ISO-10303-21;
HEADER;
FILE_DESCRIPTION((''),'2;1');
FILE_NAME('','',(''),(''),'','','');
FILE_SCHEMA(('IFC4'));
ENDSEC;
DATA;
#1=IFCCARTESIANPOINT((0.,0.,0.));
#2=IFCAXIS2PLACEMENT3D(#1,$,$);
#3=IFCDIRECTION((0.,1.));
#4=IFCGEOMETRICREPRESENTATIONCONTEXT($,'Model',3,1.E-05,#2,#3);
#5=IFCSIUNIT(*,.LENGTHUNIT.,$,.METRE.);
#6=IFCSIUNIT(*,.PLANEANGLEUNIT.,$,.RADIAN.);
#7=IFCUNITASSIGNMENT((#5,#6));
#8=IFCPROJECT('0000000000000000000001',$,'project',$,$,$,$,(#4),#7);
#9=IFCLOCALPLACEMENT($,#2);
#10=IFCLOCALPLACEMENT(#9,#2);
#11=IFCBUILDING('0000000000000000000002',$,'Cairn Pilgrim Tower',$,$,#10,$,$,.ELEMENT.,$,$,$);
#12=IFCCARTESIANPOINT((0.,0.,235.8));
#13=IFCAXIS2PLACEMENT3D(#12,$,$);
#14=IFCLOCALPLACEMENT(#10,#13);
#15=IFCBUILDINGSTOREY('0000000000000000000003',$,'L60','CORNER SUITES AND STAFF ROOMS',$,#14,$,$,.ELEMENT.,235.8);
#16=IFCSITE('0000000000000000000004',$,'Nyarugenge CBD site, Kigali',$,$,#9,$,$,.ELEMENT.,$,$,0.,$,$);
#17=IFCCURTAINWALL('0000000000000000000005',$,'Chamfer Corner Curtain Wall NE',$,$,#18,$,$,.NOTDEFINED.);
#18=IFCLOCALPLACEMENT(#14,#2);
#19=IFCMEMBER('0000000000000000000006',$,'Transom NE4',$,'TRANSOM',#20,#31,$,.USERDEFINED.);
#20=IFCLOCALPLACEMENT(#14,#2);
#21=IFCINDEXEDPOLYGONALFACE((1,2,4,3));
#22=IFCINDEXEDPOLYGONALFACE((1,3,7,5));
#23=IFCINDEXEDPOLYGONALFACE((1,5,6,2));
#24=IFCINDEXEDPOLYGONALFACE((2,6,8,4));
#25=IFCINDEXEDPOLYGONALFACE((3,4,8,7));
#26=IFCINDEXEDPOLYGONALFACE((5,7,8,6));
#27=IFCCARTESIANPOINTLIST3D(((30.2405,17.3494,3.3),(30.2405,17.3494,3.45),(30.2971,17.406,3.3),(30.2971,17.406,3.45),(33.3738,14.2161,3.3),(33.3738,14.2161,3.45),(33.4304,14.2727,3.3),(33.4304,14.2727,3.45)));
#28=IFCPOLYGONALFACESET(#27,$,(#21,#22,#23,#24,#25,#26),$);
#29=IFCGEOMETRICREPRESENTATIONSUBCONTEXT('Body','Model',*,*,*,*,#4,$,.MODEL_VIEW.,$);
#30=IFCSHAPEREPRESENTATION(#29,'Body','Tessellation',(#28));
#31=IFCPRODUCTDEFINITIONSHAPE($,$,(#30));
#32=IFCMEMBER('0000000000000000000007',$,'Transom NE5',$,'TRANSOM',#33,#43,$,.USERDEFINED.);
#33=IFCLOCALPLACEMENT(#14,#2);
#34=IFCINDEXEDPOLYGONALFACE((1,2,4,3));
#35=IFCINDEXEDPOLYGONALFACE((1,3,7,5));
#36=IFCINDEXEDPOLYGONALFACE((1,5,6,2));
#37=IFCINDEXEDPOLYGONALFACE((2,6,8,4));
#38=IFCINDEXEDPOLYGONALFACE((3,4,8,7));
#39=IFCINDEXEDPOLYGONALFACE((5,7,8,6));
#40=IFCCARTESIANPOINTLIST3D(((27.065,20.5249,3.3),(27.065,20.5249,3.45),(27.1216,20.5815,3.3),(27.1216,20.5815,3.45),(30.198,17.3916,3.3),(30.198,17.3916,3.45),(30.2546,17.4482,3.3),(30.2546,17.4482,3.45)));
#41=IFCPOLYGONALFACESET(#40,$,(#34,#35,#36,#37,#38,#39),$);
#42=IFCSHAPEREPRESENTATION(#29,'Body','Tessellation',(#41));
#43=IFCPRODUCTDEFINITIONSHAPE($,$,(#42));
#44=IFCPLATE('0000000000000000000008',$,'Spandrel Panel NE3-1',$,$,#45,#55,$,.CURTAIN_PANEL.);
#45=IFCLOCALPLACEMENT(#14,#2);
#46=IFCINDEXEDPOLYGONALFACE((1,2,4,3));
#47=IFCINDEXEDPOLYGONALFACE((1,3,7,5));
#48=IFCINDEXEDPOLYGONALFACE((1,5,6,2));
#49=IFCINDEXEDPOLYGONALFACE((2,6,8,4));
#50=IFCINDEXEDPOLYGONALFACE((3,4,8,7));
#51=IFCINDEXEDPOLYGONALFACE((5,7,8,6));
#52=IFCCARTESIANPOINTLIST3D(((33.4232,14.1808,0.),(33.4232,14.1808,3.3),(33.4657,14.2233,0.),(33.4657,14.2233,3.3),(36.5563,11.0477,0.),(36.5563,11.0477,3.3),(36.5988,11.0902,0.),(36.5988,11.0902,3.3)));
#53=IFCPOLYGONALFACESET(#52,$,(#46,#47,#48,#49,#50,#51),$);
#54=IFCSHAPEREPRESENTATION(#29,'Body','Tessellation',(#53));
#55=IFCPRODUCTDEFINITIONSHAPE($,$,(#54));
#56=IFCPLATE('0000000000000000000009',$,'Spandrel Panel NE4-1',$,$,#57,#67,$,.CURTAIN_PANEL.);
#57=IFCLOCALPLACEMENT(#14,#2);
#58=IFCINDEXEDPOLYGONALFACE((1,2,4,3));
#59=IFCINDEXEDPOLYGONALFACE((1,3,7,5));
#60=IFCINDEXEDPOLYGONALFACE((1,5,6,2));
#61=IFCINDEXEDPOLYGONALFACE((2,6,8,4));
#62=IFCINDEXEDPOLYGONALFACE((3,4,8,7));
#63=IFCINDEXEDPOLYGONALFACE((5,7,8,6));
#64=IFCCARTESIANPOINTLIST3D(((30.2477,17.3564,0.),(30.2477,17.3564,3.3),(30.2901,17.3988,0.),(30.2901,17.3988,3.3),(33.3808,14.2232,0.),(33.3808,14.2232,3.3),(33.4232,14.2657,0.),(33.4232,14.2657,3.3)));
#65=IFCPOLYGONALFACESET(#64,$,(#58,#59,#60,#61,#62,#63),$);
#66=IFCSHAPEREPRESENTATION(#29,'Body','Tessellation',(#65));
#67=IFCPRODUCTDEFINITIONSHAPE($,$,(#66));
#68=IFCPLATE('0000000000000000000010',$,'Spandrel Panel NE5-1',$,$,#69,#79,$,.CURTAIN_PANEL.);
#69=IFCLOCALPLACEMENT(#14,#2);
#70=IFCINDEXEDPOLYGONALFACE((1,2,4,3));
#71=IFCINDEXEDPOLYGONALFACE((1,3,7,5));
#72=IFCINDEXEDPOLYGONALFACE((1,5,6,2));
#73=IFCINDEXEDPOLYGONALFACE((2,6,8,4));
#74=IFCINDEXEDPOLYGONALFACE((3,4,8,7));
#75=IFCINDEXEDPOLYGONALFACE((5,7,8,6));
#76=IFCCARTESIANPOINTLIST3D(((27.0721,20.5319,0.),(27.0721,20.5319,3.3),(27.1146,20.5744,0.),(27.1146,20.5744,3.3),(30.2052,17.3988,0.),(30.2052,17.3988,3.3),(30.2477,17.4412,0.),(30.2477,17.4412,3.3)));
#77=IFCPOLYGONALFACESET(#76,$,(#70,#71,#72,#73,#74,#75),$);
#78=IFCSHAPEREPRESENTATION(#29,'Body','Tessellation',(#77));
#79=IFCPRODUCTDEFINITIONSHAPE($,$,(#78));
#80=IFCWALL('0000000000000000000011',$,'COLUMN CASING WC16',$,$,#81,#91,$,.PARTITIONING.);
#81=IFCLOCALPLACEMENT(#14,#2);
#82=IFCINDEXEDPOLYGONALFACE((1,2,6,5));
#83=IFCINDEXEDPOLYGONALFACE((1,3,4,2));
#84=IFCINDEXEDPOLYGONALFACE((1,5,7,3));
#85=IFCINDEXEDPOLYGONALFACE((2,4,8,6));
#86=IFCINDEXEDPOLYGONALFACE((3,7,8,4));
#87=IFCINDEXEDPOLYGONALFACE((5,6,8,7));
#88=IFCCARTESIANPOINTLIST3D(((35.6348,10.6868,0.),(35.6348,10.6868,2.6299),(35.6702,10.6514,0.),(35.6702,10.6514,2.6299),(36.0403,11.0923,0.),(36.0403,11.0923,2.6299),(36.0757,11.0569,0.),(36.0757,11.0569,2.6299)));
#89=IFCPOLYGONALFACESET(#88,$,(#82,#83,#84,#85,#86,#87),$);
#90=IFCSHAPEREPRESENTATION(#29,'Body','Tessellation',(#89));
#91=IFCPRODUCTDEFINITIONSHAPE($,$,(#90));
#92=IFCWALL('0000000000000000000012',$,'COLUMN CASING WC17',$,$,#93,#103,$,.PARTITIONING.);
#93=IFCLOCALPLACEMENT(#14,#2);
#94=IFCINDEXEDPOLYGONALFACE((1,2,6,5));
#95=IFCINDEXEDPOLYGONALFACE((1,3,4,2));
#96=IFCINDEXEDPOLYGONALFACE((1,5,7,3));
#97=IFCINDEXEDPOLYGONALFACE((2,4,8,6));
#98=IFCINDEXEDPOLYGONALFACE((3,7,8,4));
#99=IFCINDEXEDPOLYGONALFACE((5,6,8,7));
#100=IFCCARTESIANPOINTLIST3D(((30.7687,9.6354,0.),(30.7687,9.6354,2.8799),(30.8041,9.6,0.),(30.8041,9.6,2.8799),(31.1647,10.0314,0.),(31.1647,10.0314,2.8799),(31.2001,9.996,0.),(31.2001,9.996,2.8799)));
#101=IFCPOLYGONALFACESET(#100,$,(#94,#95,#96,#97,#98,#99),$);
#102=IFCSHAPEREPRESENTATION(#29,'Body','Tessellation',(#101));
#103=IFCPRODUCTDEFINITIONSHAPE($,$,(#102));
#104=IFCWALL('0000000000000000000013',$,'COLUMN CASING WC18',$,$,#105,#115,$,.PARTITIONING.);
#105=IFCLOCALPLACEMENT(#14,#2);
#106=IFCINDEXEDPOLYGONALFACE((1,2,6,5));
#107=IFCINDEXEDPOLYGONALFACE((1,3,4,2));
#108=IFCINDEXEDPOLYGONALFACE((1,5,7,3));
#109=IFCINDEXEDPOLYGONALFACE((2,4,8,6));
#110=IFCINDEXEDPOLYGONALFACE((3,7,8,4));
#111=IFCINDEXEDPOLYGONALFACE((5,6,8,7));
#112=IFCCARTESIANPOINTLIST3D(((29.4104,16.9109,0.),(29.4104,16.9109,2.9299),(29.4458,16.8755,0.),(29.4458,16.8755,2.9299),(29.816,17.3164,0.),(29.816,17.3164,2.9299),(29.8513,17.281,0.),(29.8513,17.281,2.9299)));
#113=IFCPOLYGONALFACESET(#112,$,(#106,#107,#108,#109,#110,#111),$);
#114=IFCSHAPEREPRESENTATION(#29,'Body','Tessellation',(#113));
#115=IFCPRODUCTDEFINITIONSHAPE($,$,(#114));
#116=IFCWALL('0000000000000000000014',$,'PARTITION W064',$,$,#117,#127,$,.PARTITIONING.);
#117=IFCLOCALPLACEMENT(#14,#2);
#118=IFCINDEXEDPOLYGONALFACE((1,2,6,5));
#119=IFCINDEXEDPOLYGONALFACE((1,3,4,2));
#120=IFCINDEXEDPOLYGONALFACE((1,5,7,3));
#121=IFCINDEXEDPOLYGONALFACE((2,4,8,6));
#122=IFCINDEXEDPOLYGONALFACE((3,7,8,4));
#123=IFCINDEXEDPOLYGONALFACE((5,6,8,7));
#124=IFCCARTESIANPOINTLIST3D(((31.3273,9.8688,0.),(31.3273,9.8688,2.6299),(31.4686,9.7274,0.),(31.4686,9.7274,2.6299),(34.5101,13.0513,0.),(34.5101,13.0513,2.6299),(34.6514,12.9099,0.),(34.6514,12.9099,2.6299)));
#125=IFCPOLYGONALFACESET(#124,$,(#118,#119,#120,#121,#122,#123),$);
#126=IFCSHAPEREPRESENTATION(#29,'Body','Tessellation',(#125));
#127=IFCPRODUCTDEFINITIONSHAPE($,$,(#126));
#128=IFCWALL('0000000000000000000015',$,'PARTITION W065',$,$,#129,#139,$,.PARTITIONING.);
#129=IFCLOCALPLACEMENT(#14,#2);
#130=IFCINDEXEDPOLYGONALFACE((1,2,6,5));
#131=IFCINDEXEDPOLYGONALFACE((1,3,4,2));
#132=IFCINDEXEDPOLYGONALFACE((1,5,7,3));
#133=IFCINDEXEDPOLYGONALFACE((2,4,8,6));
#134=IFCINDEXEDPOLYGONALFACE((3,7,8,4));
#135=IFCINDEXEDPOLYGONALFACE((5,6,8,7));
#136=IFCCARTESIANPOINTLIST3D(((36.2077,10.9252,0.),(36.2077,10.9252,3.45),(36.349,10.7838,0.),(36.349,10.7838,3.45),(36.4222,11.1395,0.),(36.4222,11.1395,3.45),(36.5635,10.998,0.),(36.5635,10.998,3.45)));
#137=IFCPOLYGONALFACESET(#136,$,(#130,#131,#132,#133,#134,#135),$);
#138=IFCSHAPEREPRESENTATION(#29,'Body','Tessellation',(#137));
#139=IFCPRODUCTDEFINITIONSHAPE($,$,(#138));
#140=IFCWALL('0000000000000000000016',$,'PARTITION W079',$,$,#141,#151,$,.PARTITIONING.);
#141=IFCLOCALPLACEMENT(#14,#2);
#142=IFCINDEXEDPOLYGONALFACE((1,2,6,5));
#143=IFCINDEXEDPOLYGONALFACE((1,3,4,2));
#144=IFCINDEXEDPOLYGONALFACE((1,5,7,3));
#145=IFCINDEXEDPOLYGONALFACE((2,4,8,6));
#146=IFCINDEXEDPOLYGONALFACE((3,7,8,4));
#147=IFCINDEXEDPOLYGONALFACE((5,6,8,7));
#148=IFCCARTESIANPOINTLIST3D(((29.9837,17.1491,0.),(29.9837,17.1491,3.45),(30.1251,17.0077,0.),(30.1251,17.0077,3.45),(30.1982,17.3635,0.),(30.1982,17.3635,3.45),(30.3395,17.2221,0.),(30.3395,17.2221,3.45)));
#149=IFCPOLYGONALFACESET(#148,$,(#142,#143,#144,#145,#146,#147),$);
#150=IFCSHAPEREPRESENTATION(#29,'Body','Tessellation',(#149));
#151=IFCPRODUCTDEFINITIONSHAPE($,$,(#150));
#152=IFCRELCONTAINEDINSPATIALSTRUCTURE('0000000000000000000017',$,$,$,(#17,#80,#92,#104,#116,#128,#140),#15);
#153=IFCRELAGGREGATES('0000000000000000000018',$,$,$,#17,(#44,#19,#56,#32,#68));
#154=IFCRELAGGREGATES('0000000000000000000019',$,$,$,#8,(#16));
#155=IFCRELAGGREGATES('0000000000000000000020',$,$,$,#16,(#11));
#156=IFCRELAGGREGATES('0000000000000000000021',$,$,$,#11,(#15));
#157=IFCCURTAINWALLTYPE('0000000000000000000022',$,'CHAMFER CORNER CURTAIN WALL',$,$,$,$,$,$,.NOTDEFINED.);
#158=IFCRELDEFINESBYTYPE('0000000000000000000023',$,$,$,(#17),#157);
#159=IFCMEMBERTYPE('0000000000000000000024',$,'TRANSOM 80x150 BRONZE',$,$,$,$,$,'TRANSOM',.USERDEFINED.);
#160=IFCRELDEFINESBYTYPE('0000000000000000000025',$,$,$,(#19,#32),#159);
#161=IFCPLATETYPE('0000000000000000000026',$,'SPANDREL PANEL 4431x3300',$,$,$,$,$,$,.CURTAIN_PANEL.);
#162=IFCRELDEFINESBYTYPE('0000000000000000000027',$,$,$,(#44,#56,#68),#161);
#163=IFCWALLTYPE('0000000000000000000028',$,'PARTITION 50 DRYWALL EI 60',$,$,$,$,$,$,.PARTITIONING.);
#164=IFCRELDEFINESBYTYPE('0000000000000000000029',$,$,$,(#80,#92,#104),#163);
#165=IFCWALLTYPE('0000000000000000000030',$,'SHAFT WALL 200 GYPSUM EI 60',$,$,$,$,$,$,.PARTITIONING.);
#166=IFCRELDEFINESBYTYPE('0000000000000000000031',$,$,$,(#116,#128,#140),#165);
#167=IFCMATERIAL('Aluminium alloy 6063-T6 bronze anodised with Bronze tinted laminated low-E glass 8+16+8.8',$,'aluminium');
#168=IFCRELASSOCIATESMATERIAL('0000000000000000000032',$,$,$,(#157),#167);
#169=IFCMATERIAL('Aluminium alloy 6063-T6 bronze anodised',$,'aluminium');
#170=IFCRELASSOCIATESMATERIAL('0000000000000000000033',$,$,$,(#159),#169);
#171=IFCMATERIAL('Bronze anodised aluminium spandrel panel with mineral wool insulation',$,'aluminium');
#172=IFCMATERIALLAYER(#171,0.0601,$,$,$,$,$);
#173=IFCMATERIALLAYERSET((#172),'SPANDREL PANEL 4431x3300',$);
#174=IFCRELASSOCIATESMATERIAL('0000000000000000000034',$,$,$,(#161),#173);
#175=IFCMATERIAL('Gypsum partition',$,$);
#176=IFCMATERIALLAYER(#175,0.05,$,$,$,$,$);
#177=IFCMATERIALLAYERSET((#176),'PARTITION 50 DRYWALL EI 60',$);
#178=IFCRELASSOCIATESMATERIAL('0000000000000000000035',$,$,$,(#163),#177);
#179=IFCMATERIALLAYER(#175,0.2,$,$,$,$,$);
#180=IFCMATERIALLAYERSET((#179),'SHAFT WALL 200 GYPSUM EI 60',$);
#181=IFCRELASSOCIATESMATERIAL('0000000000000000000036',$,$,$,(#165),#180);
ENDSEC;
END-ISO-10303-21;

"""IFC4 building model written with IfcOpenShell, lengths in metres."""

from ifc_helpers import new_model, si_unit, direction, frame, frame_2d, origin, origin_2d, place, context, subcontext, project, spatial, rectangle, extrude, material, layer, layer_set, material_profile, profile_set, type_object, element, aggregate, save


model = new_model("IFC4")

# Units and contexts
model_context = context("Model", 3, precision=1e-05, world=origin(), true_north=direction((0.0, 1.0)))
body_context = subcontext(model_context, "Body", "Model", "MODEL_VIEW")
ifc_project = project(units=[si_unit("LENGTHUNIT", "METRE"), si_unit("PLANEANGLEUNIT", "RADIAN")], contexts=[model_context])

# Site, building, storey
site_placement = place(None, origin())
site = spatial("IfcSite", under=ifc_project, at=site_placement, Name="Nyarugenge CBD site, Kigali", CompositionType="ELEMENT", RefElevation=0.0)
building_placement = place(site_placement, origin())
building = spatial("IfcBuilding", under=site, at=building_placement, Name="Cairn Pilgrim Tower", CompositionType="ELEMENT")
storey_placement = place(building_placement, frame((0.0, 0.0, 235.8)))
storey = spatial("IfcBuildingStorey", under=building, at=storey_placement, Name="L60", Description="CORNER SUITES AND STAFF ROOMS", CompositionType="ELEMENT", Elevation=235.8)

# Curtain wall
ifc_material_1 = material(Name="Aluminium alloy 6063-T6 bronze anodised with Bronze tinted laminated low-E glass 8+16+8.8", Category="aluminium")
curtain_wall_type = type_object("IfcCurtainWallType", Name="CHAMFER CORNER CURTAIN WALL", PredefinedType="NOTDEFINED", material=ifc_material_1)
curtain_wall_placement = place(storey_placement, origin())
curtain_wall = element("IfcCurtainWall", 1, at=curtain_wall_placement, inside=storey, type_object=curtain_wall_type, Name="Chamfer Corner Curtain Wall NE", PredefinedType="NOTDEFINED")
ifc_material_2 = material(Name="Aluminium alloy 6063-T6 bronze anodised", Category="aluminium")

# Members
ifc_material_profile_1 = material_profile(ifc_material_2, rectangle(XDim=0.0801, YDim=0.1499, at=origin_2d()), Name="TRANSOM 80x150 BRONZE")
ifc_profile_set_1 = profile_set([ifc_material_profile_1], Name="Aluminium alloy 6063-T6 bronze anodised")
member_type_1 = type_object("IfcMemberType", Name="TRANSOM 80x150 BRONZE", ElementType="TRANSOM", PredefinedType="USERDEFINED", material=ifc_profile_set_1)
member_1_placement = place(storey_placement, frame((33.4021, 14.2444, 3.375), z_axis=(-0.707107, 0.707107, 0.0), x_axis=(-0.707107, -0.707107, 0.0)))
member_1 = element("IfcMember", 2, at=member_1_placement, type_object=member_type_1, Name="Transom NE4", ObjectType="TRANSOM", PredefinedType="USERDEFINED", context=body_context, shape_type="SweptSolid", body=[
    extrude(rectangle(XDim=0.0801, YDim=0.1499, at=origin_2d()), origin(), (0.0, 0.0, 1.0), 4.4312),
])
member_2_placement = place(storey_placement, frame((30.2263, 17.4199, 3.375), z_axis=(-0.707079, 0.707134, 0.0), x_axis=(-0.707134, -0.707079, 0.0)))
member_2 = element("IfcMember", 3, at=member_2_placement, type_object=member_type_1, Name="Transom NE5", ObjectType="TRANSOM", PredefinedType="USERDEFINED", context=body_context, shape_type="SweptSolid", body=[
    extrude(rectangle(XDim=0.0801, YDim=0.1499, at=origin_2d()), origin(), (0.0, 0.0, 1.0), 4.4309),
])

# Plates
ifc_material_3 = material(Name="Bronze anodised aluminium spandrel panel with mineral wool insulation", Category="aluminium")
ifc_layer_1 = layer(ifc_material_3, 0.0601)
ifc_layer_set_1 = layer_set([ifc_layer_1], Name="SPANDREL PANEL 4431x3300")
plate_type = type_object("IfcPlateType", Name="SPANDREL PANEL 4431x3300", PredefinedType="CURTAIN_PANEL", material=ifc_layer_set_1)
plate_1_placement = place(storey_placement, frame((35.011, 12.6355, 0.0), z_axis=(0.0, 0.0, 1.0), x_axis=(-0.707107, 0.707107, 0.0)))
plate_1 = element("IfcPlate", 4, at=plate_1_placement, type_object=plate_type, Name="Spandrel Panel NE3-1", PredefinedType="CURTAIN_PANEL", context=body_context, shape_type="SweptSolid", body=[
    extrude(rectangle(XDim=4.4309, YDim=0.0601, at=origin_2d()), origin(), (0.0, 0.0, 1.0), 3.3),
])
plate_2_placement = place(storey_placement, frame((31.8354, 15.811, 0.0), z_axis=(0.0, 0.0, 1.0), x_axis=(-0.707107, 0.707107, 0.0)))
plate_2 = element("IfcPlate", 5, at=plate_2_placement, type_object=plate_type, Name="Spandrel Panel NE4-1", PredefinedType="CURTAIN_PANEL", context=body_context, shape_type="SweptSolid", body=[
    extrude(rectangle(XDim=4.4309, YDim=0.0601, at=origin_2d()), origin(), (0.0, 0.0, 1.0), 3.3),
])
plate_3_placement = place(storey_placement, frame((28.6599, 18.9866, 0.0), z_axis=(0.0, 0.0, 1.0), x_axis=(-0.707107, 0.707107, 0.0)))
plate_3 = element("IfcPlate", 6, at=plate_3_placement, type_object=plate_type, Name="Spandrel Panel NE5-1", PredefinedType="CURTAIN_PANEL", context=body_context, shape_type="SweptSolid", body=[
    extrude(rectangle(XDim=4.4309, YDim=0.0601, at=origin_2d()), origin(), (0.0, 0.0, 1.0), 3.3),
])
aggregate(curtain_wall, [plate_1, member_1, plate_2, member_2, plate_3])

# Walls
ifc_material_4 = material(Name="Gypsum partition")
ifc_layer_2 = layer(ifc_material_4, 0.05)
ifc_layer_set_2 = layer_set([ifc_layer_2], Name="PARTITION 50 DRYWALL EI 60")
wall_type_1 = type_object("IfcWallType", Name="PARTITION 50 DRYWALL EI 60", PredefinedType="PARTITIONING", material=ifc_layer_set_2)
wall_1_placement = place(storey_placement, frame((35.6526, 10.6692, 0.0), z_axis=(0.0, 0.0, 1.0), x_axis=(0.707107, 0.707107, 0.0)))
element("IfcWall", 7, at=wall_1_placement, inside=storey, type_object=wall_type_1, Name="COLUMN CASING WC16", PredefinedType="PARTITIONING", context=body_context, shape_type="SweptSolid", body=[
    extrude(rectangle(XDim=0.5735, YDim=0.05, at=frame_2d((0.2866, 0.0))), origin(), (0.0, 0.0, 1.0), 2.6299),
])
wall_2_placement = place(storey_placement, frame((30.7864, 9.6177, 0.0), z_axis=(0.0, 0.0, 1.0), x_axis=(0.707107, 0.707107, 0.0)))
element("IfcWall", 8, at=wall_2_placement, inside=storey, type_object=wall_type_1, Name="COLUMN CASING WC17", PredefinedType="PARTITIONING", context=body_context, shape_type="SweptSolid", body=[
    extrude(rectangle(XDim=0.5601, YDim=0.05, at=frame_2d((0.28, 0.0))), origin(), (0.0, 0.0, 1.0), 2.8799),
])
wall_3_placement = place(storey_placement, frame((29.4282, 16.8933, 0.0), z_axis=(0.0, 0.0, 1.0), x_axis=(0.707107, 0.707107, 0.0)))
element("IfcWall", 9, at=wall_3_placement, inside=storey, type_object=wall_type_1, Name="COLUMN CASING WC18", PredefinedType="PARTITIONING", context=body_context, shape_type="SweptSolid", body=[
    extrude(rectangle(XDim=0.5735, YDim=0.05, at=frame_2d((0.2866, 0.0))), origin(), (0.0, 0.0, 1.0), 2.9299),
])
ifc_layer_3 = layer(ifc_material_4, 0.2)
ifc_layer_set_3 = layer_set([ifc_layer_3], Name="SHAFT WALL 200 GYPSUM EI 60")
wall_type_2 = type_object("IfcWallType", Name="SHAFT WALL 200 GYPSUM EI 60", PredefinedType="PARTITIONING", material=ifc_layer_set_3)
wall_4_placement = place(storey_placement, frame((31.3979, 9.7981, 0.0), z_axis=(0.0, 0.0, 1.0), x_axis=(0.707134, 0.70708, 0.0)))
element("IfcWall", 10, at=wall_4_placement, inside=storey, type_object=wall_type_2, Name="PARTITION W064", PredefinedType="PARTITIONING", context=body_context, shape_type="SweptSolid", body=[
    extrude(rectangle(XDim=4.501, YDim=0.2, at=frame_2d((2.2505, 0.0))), origin(), (0.0, 0.0, 1.0), 2.6299),
])
for number, where, z_axis, x_axis, name in (
    (11, (36.2783, 10.8545, 0.0), (0.0, 0.0, 1.0), (0.707509, 0.706704, 0.0), "PARTITION W065"),
    (12, (30.0544, 17.0784, 0.0), (0.0, 0.0, 1.0), (0.707107, 0.707107, 0.0), "PARTITION W079"),
):
    element("IfcWall", number, at=place(storey_placement, frame(where, z_axis=z_axis, x_axis=x_axis)), inside=storey, type_object=wall_type_2, Name=name, PredefinedType="PARTITIONING", context=body_context, shape_type="SweptSolid", body=[
        extrude(rectangle(XDim=0.3032, YDim=0.2, at=frame_2d((0.1516, 0.0))), origin(), (0.0, 0.0, 1.0), 3.45),
    ])

save(model, "model.ifc")
